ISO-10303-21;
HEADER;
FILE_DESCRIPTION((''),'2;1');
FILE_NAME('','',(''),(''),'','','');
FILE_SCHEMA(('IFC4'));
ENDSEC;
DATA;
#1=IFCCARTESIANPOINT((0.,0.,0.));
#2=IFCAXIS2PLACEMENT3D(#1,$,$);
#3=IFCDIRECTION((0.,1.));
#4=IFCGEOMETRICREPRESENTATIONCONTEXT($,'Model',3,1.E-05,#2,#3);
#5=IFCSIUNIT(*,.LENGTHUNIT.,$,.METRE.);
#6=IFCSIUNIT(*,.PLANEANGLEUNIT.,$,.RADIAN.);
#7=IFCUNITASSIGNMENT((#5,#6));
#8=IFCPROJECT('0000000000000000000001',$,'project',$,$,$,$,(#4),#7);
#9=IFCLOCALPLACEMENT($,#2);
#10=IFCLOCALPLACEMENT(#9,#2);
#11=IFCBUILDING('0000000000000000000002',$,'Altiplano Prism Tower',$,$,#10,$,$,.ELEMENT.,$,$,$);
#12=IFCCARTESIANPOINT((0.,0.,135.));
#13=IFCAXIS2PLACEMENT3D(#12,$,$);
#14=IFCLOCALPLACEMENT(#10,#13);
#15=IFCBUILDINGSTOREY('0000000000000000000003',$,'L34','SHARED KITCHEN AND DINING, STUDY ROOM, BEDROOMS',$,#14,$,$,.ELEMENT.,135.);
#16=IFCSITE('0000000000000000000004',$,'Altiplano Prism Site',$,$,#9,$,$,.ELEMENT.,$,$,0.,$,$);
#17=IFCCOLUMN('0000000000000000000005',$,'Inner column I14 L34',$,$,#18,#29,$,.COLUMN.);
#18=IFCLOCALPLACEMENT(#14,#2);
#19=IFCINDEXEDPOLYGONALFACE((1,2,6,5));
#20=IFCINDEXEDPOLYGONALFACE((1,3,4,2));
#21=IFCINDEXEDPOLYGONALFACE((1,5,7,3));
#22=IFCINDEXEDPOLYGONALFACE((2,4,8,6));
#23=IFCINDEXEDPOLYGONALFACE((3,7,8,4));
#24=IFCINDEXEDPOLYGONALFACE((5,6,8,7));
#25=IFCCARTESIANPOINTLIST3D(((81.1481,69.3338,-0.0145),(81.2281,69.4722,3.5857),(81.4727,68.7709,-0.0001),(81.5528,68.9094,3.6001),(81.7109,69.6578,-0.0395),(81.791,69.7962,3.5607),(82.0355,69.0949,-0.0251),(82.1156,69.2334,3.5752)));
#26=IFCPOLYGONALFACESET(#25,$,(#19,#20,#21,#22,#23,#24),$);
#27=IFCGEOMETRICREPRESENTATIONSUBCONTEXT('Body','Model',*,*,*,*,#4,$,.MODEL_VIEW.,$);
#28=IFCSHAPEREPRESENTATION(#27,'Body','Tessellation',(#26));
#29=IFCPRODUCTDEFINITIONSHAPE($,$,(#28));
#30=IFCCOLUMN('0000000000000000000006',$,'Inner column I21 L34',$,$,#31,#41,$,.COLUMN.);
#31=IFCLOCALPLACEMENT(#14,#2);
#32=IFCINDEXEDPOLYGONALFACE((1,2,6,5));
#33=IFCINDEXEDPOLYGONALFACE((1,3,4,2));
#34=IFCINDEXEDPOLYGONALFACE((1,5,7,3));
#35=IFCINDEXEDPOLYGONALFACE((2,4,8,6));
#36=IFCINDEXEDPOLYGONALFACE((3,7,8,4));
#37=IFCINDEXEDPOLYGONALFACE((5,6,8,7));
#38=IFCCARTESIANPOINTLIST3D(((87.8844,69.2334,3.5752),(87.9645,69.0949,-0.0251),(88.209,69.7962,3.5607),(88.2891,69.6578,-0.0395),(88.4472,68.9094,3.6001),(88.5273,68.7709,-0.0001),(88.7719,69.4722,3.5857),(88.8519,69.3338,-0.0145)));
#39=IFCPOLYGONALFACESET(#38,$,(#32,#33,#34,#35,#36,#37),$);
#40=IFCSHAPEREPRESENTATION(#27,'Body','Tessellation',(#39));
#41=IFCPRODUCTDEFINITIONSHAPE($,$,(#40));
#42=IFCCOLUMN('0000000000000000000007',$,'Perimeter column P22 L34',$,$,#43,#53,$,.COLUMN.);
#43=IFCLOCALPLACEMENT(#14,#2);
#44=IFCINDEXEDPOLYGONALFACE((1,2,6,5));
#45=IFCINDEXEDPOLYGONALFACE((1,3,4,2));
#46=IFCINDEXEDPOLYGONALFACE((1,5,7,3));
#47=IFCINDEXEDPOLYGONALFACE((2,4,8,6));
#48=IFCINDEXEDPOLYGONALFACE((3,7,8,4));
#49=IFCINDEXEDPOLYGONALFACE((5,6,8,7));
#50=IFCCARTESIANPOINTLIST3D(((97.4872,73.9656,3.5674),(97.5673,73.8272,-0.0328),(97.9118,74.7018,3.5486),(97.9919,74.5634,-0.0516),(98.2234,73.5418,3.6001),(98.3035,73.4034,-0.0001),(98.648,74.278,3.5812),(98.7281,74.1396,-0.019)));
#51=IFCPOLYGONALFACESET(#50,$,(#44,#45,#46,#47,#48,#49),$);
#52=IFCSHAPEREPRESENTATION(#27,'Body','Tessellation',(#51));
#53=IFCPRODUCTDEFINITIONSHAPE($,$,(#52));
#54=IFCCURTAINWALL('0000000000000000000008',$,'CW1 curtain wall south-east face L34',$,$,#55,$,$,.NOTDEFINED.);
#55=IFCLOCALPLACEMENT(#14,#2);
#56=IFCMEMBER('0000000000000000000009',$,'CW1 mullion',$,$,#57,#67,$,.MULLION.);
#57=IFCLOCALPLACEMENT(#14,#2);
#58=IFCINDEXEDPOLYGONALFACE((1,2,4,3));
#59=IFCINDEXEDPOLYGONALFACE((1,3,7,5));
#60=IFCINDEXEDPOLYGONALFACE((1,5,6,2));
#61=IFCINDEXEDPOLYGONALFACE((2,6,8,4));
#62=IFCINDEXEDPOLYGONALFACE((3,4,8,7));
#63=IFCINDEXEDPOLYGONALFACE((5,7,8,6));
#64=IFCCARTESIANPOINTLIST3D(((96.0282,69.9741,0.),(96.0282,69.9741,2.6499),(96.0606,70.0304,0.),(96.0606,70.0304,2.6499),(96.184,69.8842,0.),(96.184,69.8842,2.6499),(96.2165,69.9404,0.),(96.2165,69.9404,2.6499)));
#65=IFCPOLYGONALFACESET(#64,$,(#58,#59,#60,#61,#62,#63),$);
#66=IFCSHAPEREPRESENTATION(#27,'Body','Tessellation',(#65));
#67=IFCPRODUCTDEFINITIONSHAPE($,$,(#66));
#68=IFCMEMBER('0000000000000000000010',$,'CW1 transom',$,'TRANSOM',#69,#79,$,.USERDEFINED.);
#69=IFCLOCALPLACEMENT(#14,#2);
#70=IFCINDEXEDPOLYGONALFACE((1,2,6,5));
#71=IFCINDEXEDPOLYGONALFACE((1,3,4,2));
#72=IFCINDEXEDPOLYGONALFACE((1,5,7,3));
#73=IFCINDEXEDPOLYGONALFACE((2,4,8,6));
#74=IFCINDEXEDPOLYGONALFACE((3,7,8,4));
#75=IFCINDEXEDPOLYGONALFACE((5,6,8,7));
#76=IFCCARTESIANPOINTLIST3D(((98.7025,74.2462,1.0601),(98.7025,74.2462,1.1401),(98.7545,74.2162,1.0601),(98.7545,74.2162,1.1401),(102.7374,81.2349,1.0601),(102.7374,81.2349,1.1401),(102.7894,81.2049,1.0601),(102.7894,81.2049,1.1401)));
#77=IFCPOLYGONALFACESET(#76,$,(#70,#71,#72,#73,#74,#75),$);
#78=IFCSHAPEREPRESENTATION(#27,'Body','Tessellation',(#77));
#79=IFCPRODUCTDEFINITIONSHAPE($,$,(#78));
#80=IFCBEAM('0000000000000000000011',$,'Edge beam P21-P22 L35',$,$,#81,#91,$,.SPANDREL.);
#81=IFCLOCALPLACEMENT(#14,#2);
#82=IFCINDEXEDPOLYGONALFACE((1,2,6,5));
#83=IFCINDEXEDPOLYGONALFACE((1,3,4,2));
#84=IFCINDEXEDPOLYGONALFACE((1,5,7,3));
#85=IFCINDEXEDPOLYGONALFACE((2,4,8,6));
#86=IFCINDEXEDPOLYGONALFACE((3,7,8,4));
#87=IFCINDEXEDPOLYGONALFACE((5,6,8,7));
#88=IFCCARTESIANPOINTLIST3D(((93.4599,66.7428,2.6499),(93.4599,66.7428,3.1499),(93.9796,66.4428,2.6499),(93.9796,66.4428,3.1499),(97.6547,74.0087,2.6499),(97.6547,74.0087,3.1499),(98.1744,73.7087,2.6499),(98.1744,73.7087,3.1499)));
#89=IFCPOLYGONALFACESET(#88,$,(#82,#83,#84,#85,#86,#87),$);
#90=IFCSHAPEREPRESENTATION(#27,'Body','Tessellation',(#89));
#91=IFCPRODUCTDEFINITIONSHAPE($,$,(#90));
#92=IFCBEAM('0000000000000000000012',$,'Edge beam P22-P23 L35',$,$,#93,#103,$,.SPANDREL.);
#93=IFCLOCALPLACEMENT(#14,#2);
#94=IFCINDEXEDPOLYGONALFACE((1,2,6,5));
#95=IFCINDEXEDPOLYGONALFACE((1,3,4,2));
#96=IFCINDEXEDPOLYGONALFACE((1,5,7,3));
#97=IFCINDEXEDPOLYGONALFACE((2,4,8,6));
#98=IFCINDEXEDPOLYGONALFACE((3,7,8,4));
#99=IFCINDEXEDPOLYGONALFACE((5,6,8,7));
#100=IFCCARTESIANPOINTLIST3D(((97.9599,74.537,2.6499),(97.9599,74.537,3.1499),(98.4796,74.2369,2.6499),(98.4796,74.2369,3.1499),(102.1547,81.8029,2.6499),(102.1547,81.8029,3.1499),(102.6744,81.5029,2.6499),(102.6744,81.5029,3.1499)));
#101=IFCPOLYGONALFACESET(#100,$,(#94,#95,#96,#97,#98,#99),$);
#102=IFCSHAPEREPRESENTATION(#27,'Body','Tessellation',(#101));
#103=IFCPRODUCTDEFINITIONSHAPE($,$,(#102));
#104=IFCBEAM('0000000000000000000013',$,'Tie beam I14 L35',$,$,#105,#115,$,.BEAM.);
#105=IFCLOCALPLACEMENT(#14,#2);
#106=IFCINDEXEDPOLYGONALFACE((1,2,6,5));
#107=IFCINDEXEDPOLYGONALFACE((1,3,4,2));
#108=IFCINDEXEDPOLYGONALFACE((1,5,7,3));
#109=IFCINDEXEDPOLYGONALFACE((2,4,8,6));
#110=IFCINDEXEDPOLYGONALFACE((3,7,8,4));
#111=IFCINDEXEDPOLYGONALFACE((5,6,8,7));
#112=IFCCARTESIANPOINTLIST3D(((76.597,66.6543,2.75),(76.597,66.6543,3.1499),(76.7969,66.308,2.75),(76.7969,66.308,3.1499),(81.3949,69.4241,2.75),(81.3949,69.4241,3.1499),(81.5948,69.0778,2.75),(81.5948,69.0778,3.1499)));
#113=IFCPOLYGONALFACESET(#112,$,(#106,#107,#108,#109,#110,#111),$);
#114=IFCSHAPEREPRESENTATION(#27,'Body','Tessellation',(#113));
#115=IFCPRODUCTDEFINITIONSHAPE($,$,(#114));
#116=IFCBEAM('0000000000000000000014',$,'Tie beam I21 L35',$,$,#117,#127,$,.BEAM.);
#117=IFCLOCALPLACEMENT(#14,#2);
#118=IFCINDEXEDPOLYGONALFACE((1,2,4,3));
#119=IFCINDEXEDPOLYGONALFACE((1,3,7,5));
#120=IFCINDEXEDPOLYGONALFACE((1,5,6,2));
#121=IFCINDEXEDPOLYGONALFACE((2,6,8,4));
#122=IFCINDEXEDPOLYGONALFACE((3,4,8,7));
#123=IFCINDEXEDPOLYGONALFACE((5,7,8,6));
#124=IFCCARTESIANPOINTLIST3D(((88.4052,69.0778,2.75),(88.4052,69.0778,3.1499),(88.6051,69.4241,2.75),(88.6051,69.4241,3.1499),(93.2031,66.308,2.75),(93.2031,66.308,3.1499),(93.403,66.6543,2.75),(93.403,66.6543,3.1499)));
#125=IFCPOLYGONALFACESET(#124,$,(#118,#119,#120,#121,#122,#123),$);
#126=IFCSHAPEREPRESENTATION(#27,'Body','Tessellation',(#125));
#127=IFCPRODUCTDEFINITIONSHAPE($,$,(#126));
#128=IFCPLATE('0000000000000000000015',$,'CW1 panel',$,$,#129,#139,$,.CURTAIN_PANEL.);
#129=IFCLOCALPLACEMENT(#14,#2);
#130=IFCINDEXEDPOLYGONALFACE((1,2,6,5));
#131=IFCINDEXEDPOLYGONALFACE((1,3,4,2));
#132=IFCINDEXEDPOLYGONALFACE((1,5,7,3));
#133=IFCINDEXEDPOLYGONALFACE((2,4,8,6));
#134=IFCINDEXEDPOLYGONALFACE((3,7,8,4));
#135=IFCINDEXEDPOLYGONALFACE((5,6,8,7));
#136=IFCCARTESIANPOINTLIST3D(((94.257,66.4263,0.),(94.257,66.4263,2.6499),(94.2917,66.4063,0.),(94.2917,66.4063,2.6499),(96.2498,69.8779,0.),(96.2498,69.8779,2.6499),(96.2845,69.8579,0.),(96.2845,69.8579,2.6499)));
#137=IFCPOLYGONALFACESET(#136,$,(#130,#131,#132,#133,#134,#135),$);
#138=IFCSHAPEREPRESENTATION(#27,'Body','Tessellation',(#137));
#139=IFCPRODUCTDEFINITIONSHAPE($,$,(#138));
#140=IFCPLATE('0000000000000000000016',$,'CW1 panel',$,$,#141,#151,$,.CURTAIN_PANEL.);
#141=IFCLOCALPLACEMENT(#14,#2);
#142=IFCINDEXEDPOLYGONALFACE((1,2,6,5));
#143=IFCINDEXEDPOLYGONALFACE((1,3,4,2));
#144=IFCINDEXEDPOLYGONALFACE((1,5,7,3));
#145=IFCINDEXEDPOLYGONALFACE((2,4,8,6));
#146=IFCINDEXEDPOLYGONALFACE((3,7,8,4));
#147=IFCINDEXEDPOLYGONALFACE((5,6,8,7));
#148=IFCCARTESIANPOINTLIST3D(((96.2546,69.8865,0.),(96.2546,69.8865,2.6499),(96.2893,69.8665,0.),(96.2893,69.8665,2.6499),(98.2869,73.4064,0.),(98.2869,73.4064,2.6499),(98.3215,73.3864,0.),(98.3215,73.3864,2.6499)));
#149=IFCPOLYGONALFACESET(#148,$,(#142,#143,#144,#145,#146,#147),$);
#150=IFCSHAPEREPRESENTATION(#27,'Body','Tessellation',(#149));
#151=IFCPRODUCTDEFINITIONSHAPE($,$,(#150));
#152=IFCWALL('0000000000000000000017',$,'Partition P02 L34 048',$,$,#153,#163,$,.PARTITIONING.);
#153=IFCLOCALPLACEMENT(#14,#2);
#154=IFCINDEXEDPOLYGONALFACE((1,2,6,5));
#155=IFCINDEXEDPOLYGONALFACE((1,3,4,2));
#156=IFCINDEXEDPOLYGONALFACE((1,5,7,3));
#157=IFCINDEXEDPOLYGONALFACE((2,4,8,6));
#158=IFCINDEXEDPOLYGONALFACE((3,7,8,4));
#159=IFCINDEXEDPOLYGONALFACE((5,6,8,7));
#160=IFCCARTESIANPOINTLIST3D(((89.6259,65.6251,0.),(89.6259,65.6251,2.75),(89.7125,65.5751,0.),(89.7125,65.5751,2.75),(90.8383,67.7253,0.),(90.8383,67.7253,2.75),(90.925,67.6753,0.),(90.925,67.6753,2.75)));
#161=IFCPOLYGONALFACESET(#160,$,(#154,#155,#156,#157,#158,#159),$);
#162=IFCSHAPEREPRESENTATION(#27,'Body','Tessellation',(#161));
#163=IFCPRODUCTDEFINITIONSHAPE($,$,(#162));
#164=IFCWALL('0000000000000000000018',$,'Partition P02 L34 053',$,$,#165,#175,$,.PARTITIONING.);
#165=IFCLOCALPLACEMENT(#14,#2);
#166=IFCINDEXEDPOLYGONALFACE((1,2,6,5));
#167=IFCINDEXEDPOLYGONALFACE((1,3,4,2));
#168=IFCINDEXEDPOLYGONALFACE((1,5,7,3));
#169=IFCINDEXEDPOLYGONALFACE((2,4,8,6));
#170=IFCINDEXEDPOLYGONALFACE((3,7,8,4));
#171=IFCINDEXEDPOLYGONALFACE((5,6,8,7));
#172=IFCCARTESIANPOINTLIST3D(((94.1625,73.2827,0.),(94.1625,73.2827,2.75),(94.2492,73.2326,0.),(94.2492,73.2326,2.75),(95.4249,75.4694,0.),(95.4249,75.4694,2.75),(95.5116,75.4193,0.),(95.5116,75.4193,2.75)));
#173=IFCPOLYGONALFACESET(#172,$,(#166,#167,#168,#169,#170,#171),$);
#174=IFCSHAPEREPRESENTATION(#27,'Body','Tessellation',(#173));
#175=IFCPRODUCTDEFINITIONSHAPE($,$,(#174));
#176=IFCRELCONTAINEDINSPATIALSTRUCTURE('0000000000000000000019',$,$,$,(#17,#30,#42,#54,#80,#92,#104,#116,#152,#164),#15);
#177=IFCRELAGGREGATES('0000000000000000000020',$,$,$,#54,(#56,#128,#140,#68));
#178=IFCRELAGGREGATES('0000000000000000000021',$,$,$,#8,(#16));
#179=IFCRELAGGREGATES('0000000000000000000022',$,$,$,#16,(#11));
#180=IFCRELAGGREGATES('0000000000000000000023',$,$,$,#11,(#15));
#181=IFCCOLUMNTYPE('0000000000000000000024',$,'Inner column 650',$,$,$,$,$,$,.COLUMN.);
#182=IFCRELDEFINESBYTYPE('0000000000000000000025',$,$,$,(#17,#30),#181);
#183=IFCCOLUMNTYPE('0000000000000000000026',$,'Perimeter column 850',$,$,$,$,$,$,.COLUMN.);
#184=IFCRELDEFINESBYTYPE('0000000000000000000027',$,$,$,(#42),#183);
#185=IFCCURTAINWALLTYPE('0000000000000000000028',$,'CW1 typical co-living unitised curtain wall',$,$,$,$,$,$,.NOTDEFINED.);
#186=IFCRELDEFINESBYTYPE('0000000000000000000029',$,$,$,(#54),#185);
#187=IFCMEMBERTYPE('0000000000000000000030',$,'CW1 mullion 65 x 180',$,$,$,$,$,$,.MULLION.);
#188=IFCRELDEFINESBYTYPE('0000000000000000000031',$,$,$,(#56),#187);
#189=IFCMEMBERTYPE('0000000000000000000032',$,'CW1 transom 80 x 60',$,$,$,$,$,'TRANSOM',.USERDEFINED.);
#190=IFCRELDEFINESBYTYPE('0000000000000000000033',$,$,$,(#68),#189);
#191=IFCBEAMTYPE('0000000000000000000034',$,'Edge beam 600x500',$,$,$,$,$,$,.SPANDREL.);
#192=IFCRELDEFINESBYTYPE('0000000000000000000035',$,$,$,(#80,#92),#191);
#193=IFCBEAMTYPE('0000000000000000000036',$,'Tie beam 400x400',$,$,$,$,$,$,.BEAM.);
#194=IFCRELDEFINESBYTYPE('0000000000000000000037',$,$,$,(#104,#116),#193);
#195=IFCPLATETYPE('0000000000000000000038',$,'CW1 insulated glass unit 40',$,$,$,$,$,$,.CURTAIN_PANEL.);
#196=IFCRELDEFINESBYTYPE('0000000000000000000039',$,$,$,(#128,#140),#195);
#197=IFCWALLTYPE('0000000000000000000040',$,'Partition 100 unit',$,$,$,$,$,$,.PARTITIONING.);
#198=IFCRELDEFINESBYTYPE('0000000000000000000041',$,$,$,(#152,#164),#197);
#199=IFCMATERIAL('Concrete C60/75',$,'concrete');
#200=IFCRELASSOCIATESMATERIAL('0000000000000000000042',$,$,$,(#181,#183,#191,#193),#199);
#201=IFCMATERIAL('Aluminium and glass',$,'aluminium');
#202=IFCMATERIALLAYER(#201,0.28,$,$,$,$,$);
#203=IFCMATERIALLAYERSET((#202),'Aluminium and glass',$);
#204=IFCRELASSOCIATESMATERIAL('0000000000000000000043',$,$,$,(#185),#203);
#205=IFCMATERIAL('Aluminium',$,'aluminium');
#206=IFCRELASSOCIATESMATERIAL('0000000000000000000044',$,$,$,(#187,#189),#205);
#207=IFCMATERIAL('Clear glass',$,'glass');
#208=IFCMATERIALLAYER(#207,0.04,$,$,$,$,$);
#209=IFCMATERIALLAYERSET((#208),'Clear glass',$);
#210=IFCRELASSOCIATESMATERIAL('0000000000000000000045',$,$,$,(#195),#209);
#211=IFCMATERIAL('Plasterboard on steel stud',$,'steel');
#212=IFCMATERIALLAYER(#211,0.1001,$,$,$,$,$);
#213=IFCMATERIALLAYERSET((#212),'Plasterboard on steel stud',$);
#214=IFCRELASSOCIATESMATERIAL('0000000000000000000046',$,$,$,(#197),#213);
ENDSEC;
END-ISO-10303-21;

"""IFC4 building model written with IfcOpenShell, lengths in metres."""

from ifc_helpers import new_model, si_unit, direction, frame, frame_2d, origin, origin_2d, place, context, subcontext, project, spatial, rectangle, extrude, material, layer, layer_set, material_profile, profile_set, type_object, element, aggregate, save


model = new_model("IFC4")

# Units and contexts
model_context = context("Model", 3, precision=1e-05, world=origin(), true_north=direction((0.0, 1.0)))
body_context = subcontext(model_context, "Body", "Model", "MODEL_VIEW")
ifc_project = project(units=[si_unit("LENGTHUNIT", "METRE"), si_unit("PLANEANGLEUNIT", "RADIAN")], contexts=[model_context])

# Site, building, storey
site_placement = place(None, origin())
site = spatial("IfcSite", under=ifc_project, at=site_placement, Name="Altiplano Prism Site", CompositionType="ELEMENT", RefElevation=0.0)
building_placement = place(site_placement, origin())
building = spatial("IfcBuilding", under=site, at=building_placement, Name="Altiplano Prism Tower", CompositionType="ELEMENT")
storey_placement = place(building_placement, frame((0.0, 0.0, 135.0)))
storey = spatial("IfcBuildingStorey", under=building, at=storey_placement, Name="L34", Description="SHARED KITCHEN AND DINING, STUDY ROOM, BEDROOMS", CompositionType="ELEMENT", Elevation=135.0)

# Columns
ifc_material_1 = material(Name="Concrete C60/75", Category="concrete")
ifc_material_profile_1 = material_profile(ifc_material_1, rectangle(XDim=0.6499, YDim=0.6499, at=origin_2d()), Name="Inner column 650")
ifc_profile_set_1 = profile_set([ifc_material_profile_1], Name="Concrete C60/75")
column_type_1 = type_object("IfcColumnType", Name="Inner column 650", PredefinedType="COLUMN", material=ifc_profile_set_1)
for number, where, z_axis, x_axis, name in (
    (1, (81.5918, 69.2144, -0.0198), (0.022221, 0.038413, 0.999015), (-0.86602, -0.49853, 0.038432), "Inner column I14 L34"),
    (2, (88.4082, 69.2144, -0.0198), (-0.022221, 0.038413, 0.999015), (-0.499516, -0.866021, 0.022189), "Inner column I21 L34"),
):
    element("IfcColumn", number, at=place(storey_placement, frame(where, z_axis=z_axis, x_axis=x_axis)), inside=storey, type_object=column_type_1, Name=name, PredefinedType="COLUMN", context=body_context, shape_type="SweptSolid", body=[
        extrude(rectangle(XDim=0.6499, YDim=0.6499, at=origin_2d()), origin(), (0.0, 0.0, 1.0), 3.6038),
    ])
ifc_material_profile_2 = material_profile(ifc_material_1, rectangle(XDim=0.8501, YDim=0.8501, at=origin_2d()), Name="Perimeter column 850")
ifc_profile_set_2 = profile_set([ifc_material_profile_2], Name="Concrete C60/75")
column_type_2 = type_object("IfcColumnType", Name="Perimeter column 850", PredefinedType="COLUMN", material=ifc_profile_set_2)
column_placement = place(storey_placement, frame((98.1477, 73.9834, -0.0259), z_axis=(-0.022221, 0.038413, 0.999015), x_axis=(-0.499513, -0.866022, 0.022189)))
element("IfcColumn", 3, at=column_placement, inside=storey, type_object=column_type_2, Name="Perimeter column P22 L34", PredefinedType="COLUMN", context=body_context, shape_type="SweptSolid", body=[
    extrude(rectangle(XDim=0.8501, YDim=0.8501, at=origin_2d()), origin(), (0.0, 0.0, 1.0), 3.6038),
])

# Curtain wall, members
ifc_material_2 = material(Name="Aluminium and glass", Category="aluminium")
ifc_layer_1 = layer(ifc_material_2, 0.28)
ifc_layer_set_1 = layer_set([ifc_layer_1], Name="Aluminium and glass")
curtain_wall_type = type_object("IfcCurtainWallType", Name="CW1 typical co-living unitised curtain wall", PredefinedType="NOTDEFINED", material=ifc_layer_set_1)
curtain_wall_placement = place(storey_placement, origin())
curtain_wall = element("IfcCurtainWall", 4, at=curtain_wall_placement, inside=storey, type_object=curtain_wall_type, Name="CW1 curtain wall south-east face L34", PredefinedType="NOTDEFINED")
ifc_material_3 = material(Name="Aluminium", Category="aluminium")
ifc_material_profile_3 = material_profile(ifc_material_3, rectangle(XDim=0.1799, YDim=0.0649, at=origin_2d()), Name="CW1 mullion 65 x 180")
ifc_profile_set_3 = profile_set([ifc_material_profile_3], Name="Aluminium")
member_type_1 = type_object("IfcMemberType", Name="CW1 mullion 65 x 180", PredefinedType="MULLION", material=ifc_profile_set_3)
member_1_placement = place(storey_placement, frame((96.1223, 69.9573, 0.0), z_axis=(0.0, 0.0, 1.0), x_axis=(-0.866025, 0.5, 0.0)))
member_1 = element("IfcMember", 5, at=member_1_placement, type_object=member_type_1, Name="CW1 mullion", PredefinedType="MULLION", context=body_context, shape_type="SweptSolid", body=[
    extrude(rectangle(XDim=0.1799, YDim=0.0649, at=origin_2d()), origin(), (0.0, 0.0, 1.0), 2.6499),
])
ifc_material_profile_4 = material_profile(ifc_material_3, rectangle(XDim=0.0601, YDim=0.0801, at=origin_2d()), Name="CW1 transom 80 x 60")
ifc_profile_set_4 = profile_set([ifc_material_profile_4], Name="Aluminium")
member_type_2 = type_object("IfcMemberType", Name="CW1 transom 80 x 60", ElementType="TRANSOM", PredefinedType="USERDEFINED", material=ifc_profile_set_4)
member_2_placement = place(storey_placement, frame((98.7285, 74.2312, 1.1001), z_axis=(0.499995, 0.866028, 0.0), x_axis=(-0.866028, 0.499995, 0.0)))
member_2 = element("IfcMember", 6, at=member_2_placement, type_object=member_type_2, Name="CW1 transom", ObjectType="TRANSOM", PredefinedType="USERDEFINED", context=body_context, shape_type="SweptSolid", body=[
    extrude(rectangle(XDim=0.0601, YDim=0.0801, at=origin_2d()), origin(), (0.0, 0.0, 1.0), 8.0698),
])

# Beams
ifc_material_profile_5 = material_profile(ifc_material_1, rectangle(XDim=0.6001, YDim=0.5, at=origin_2d()), Name="Edge beam 600x500")
ifc_profile_set_5 = profile_set([ifc_material_profile_5], Name="Concrete C60/75")
beam_type_1 = type_object("IfcBeamType", Name="Edge beam 600x500", PredefinedType="SPANDREL", material=ifc_profile_set_5)
for number, where, z_axis, x_axis, name in (
    (7, (93.7197, 66.5928, 2.8999), (0.499989, 0.866032, 0.0), (-0.866032, 0.499989, 0.0), "Edge beam P21-P22 L35"),
    (8, (98.2197, 74.387, 2.8999), (0.499989, 0.866032, 0.0), (-0.866032, 0.499989, 0.0), "Edge beam P22-P23 L35"),
):
    element("IfcBeam", number, at=place(storey_placement, frame(where, z_axis=z_axis, x_axis=x_axis)), inside=storey, type_object=beam_type_1, Name=name, PredefinedType="SPANDREL", context=body_context, shape_type="SweptSolid", body=[
        extrude(rectangle(XDim=0.6001, YDim=0.5, at=origin_2d()), origin(), (0.0, 0.0, 1.0), 8.3899),
    ])
ifc_material_profile_6 = material_profile(ifc_material_1, rectangle(XDim=0.3999, YDim=0.3999, at=origin_2d()), Name="Tie beam 400x400")
ifc_profile_set_6 = profile_set([ifc_material_profile_6], Name="Concrete C60/75")
beam_type_2 = type_object("IfcBeamType", Name="Tie beam 400x400", PredefinedType="BEAM", material=ifc_profile_set_6)
for number, where, z_axis, x_axis, name in (
    (9, (81.4949, 69.251, 2.95), (-0.866046, -0.499964, 0.0), (0.499964, -0.866046, 0.0), "Tie beam I14 L35"),
    (10, (88.5051, 69.251, 2.95), (0.866046, -0.499964, 0.0), (0.499964, 0.866046, 0.0), "Tie beam I21 L35"),
):
    element("IfcBeam", number, at=place(storey_placement, frame(where, z_axis=z_axis, x_axis=x_axis)), inside=storey, type_object=beam_type_2, Name=name, PredefinedType="BEAM", context=body_context, shape_type="SweptSolid", body=[
        extrude(rectangle(XDim=0.3999, YDim=0.3999, at=origin_2d()), origin(), (0.0, 0.0, 1.0), 5.54),
    ])

# Plates
ifc_material_4 = material(Name="Clear glass", Category="glass")
ifc_layer_2 = layer(ifc_material_4, 0.04)
ifc_layer_set_2 = layer_set([ifc_layer_2], Name="Clear glass")
plate_type = type_object("IfcPlateType", Name="CW1 insulated glass unit 40", PredefinedType="CURTAIN_PANEL", material=ifc_layer_set_2)
plate_1_placement = place(storey_placement, frame((95.2708, 68.1421, 0.0), z_axis=(0.0, 0.0, 1.0), x_axis=(0.5, 0.866025, 0.0)))
plate_1 = element("IfcPlate", 11, at=plate_1_placement, type_object=plate_type, Name="CW1 panel", PredefinedType="CURTAIN_PANEL", context=body_context, shape_type="SweptSolid", body=[
    extrude(rectangle(XDim=3.9856, YDim=0.04, at=origin_2d()), origin(), (0.0, 0.0, 1.0), 2.6499),
])
plate_2_placement = place(storey_placement, frame((97.2881, 71.6365, 0.0), z_axis=(0.0, 0.0, 1.0), x_axis=(0.5, 0.866025, 0.0)))
plate_2 = element("IfcPlate", 12, at=plate_2_placement, type_object=plate_type, Name="CW1 panel", PredefinedType="CURTAIN_PANEL", context=body_context, shape_type="SweptSolid", body=[
    extrude(rectangle(XDim=4.0645, YDim=0.04, at=origin_2d()), origin(), (0.0, 0.0, 1.0), 2.6499),
])
aggregate(curtain_wall, [member_1, plate_1, plate_2, member_2])

# Walls
ifc_material_5 = material(Name="Plasterboard on steel stud", Category="steel")
ifc_layer_3 = layer(ifc_material_5, 0.1001)
ifc_layer_set_3 = layer_set([ifc_layer_3], Name="Plasterboard on steel stud")
wall_type_1 = type_object("IfcWallType", Name="Partition 100 unit", PredefinedType="PARTITIONING", material=ifc_layer_set_3)
wall_1_placement = place(storey_placement, frame((90.8816, 67.7002, 0.0), z_axis=(0.0, 0.0, 1.0), x_axis=(-0.499972, -0.866041, 0.0)))
element("IfcWall", 13, at=wall_1_placement, inside=storey, type_object=wall_type_1, Name="Partition P02 L34 048", PredefinedType="PARTITIONING", context=body_context, shape_type="SweptSolid", body=[
    extrude(rectangle(XDim=2.425, YDim=0.1001, at=frame_2d((1.2124, 0.0))), origin(), (0.0, 0.0, 1.0), 2.75),
])
wall_2_placement = place(storey_placement, frame((95.4683, 75.4443, 0.0), z_axis=(0.0, 0.0, 1.0), x_axis=(-0.499976, -0.866039, 0.0)))
element("IfcWall", 14, at=wall_2_placement, inside=storey, type_object=wall_type_1, Name="Partition P02 L34 053", PredefinedType="PARTITIONING", context=body_context, shape_type="SweptSolid", body=[
    extrude(rectangle(XDim=2.5249, YDim=0.1001, at=frame_2d((1.2625, 0.0))), origin(), (0.0, 0.0, 1.0), 2.75),
])

save(model, "model.ifc")
